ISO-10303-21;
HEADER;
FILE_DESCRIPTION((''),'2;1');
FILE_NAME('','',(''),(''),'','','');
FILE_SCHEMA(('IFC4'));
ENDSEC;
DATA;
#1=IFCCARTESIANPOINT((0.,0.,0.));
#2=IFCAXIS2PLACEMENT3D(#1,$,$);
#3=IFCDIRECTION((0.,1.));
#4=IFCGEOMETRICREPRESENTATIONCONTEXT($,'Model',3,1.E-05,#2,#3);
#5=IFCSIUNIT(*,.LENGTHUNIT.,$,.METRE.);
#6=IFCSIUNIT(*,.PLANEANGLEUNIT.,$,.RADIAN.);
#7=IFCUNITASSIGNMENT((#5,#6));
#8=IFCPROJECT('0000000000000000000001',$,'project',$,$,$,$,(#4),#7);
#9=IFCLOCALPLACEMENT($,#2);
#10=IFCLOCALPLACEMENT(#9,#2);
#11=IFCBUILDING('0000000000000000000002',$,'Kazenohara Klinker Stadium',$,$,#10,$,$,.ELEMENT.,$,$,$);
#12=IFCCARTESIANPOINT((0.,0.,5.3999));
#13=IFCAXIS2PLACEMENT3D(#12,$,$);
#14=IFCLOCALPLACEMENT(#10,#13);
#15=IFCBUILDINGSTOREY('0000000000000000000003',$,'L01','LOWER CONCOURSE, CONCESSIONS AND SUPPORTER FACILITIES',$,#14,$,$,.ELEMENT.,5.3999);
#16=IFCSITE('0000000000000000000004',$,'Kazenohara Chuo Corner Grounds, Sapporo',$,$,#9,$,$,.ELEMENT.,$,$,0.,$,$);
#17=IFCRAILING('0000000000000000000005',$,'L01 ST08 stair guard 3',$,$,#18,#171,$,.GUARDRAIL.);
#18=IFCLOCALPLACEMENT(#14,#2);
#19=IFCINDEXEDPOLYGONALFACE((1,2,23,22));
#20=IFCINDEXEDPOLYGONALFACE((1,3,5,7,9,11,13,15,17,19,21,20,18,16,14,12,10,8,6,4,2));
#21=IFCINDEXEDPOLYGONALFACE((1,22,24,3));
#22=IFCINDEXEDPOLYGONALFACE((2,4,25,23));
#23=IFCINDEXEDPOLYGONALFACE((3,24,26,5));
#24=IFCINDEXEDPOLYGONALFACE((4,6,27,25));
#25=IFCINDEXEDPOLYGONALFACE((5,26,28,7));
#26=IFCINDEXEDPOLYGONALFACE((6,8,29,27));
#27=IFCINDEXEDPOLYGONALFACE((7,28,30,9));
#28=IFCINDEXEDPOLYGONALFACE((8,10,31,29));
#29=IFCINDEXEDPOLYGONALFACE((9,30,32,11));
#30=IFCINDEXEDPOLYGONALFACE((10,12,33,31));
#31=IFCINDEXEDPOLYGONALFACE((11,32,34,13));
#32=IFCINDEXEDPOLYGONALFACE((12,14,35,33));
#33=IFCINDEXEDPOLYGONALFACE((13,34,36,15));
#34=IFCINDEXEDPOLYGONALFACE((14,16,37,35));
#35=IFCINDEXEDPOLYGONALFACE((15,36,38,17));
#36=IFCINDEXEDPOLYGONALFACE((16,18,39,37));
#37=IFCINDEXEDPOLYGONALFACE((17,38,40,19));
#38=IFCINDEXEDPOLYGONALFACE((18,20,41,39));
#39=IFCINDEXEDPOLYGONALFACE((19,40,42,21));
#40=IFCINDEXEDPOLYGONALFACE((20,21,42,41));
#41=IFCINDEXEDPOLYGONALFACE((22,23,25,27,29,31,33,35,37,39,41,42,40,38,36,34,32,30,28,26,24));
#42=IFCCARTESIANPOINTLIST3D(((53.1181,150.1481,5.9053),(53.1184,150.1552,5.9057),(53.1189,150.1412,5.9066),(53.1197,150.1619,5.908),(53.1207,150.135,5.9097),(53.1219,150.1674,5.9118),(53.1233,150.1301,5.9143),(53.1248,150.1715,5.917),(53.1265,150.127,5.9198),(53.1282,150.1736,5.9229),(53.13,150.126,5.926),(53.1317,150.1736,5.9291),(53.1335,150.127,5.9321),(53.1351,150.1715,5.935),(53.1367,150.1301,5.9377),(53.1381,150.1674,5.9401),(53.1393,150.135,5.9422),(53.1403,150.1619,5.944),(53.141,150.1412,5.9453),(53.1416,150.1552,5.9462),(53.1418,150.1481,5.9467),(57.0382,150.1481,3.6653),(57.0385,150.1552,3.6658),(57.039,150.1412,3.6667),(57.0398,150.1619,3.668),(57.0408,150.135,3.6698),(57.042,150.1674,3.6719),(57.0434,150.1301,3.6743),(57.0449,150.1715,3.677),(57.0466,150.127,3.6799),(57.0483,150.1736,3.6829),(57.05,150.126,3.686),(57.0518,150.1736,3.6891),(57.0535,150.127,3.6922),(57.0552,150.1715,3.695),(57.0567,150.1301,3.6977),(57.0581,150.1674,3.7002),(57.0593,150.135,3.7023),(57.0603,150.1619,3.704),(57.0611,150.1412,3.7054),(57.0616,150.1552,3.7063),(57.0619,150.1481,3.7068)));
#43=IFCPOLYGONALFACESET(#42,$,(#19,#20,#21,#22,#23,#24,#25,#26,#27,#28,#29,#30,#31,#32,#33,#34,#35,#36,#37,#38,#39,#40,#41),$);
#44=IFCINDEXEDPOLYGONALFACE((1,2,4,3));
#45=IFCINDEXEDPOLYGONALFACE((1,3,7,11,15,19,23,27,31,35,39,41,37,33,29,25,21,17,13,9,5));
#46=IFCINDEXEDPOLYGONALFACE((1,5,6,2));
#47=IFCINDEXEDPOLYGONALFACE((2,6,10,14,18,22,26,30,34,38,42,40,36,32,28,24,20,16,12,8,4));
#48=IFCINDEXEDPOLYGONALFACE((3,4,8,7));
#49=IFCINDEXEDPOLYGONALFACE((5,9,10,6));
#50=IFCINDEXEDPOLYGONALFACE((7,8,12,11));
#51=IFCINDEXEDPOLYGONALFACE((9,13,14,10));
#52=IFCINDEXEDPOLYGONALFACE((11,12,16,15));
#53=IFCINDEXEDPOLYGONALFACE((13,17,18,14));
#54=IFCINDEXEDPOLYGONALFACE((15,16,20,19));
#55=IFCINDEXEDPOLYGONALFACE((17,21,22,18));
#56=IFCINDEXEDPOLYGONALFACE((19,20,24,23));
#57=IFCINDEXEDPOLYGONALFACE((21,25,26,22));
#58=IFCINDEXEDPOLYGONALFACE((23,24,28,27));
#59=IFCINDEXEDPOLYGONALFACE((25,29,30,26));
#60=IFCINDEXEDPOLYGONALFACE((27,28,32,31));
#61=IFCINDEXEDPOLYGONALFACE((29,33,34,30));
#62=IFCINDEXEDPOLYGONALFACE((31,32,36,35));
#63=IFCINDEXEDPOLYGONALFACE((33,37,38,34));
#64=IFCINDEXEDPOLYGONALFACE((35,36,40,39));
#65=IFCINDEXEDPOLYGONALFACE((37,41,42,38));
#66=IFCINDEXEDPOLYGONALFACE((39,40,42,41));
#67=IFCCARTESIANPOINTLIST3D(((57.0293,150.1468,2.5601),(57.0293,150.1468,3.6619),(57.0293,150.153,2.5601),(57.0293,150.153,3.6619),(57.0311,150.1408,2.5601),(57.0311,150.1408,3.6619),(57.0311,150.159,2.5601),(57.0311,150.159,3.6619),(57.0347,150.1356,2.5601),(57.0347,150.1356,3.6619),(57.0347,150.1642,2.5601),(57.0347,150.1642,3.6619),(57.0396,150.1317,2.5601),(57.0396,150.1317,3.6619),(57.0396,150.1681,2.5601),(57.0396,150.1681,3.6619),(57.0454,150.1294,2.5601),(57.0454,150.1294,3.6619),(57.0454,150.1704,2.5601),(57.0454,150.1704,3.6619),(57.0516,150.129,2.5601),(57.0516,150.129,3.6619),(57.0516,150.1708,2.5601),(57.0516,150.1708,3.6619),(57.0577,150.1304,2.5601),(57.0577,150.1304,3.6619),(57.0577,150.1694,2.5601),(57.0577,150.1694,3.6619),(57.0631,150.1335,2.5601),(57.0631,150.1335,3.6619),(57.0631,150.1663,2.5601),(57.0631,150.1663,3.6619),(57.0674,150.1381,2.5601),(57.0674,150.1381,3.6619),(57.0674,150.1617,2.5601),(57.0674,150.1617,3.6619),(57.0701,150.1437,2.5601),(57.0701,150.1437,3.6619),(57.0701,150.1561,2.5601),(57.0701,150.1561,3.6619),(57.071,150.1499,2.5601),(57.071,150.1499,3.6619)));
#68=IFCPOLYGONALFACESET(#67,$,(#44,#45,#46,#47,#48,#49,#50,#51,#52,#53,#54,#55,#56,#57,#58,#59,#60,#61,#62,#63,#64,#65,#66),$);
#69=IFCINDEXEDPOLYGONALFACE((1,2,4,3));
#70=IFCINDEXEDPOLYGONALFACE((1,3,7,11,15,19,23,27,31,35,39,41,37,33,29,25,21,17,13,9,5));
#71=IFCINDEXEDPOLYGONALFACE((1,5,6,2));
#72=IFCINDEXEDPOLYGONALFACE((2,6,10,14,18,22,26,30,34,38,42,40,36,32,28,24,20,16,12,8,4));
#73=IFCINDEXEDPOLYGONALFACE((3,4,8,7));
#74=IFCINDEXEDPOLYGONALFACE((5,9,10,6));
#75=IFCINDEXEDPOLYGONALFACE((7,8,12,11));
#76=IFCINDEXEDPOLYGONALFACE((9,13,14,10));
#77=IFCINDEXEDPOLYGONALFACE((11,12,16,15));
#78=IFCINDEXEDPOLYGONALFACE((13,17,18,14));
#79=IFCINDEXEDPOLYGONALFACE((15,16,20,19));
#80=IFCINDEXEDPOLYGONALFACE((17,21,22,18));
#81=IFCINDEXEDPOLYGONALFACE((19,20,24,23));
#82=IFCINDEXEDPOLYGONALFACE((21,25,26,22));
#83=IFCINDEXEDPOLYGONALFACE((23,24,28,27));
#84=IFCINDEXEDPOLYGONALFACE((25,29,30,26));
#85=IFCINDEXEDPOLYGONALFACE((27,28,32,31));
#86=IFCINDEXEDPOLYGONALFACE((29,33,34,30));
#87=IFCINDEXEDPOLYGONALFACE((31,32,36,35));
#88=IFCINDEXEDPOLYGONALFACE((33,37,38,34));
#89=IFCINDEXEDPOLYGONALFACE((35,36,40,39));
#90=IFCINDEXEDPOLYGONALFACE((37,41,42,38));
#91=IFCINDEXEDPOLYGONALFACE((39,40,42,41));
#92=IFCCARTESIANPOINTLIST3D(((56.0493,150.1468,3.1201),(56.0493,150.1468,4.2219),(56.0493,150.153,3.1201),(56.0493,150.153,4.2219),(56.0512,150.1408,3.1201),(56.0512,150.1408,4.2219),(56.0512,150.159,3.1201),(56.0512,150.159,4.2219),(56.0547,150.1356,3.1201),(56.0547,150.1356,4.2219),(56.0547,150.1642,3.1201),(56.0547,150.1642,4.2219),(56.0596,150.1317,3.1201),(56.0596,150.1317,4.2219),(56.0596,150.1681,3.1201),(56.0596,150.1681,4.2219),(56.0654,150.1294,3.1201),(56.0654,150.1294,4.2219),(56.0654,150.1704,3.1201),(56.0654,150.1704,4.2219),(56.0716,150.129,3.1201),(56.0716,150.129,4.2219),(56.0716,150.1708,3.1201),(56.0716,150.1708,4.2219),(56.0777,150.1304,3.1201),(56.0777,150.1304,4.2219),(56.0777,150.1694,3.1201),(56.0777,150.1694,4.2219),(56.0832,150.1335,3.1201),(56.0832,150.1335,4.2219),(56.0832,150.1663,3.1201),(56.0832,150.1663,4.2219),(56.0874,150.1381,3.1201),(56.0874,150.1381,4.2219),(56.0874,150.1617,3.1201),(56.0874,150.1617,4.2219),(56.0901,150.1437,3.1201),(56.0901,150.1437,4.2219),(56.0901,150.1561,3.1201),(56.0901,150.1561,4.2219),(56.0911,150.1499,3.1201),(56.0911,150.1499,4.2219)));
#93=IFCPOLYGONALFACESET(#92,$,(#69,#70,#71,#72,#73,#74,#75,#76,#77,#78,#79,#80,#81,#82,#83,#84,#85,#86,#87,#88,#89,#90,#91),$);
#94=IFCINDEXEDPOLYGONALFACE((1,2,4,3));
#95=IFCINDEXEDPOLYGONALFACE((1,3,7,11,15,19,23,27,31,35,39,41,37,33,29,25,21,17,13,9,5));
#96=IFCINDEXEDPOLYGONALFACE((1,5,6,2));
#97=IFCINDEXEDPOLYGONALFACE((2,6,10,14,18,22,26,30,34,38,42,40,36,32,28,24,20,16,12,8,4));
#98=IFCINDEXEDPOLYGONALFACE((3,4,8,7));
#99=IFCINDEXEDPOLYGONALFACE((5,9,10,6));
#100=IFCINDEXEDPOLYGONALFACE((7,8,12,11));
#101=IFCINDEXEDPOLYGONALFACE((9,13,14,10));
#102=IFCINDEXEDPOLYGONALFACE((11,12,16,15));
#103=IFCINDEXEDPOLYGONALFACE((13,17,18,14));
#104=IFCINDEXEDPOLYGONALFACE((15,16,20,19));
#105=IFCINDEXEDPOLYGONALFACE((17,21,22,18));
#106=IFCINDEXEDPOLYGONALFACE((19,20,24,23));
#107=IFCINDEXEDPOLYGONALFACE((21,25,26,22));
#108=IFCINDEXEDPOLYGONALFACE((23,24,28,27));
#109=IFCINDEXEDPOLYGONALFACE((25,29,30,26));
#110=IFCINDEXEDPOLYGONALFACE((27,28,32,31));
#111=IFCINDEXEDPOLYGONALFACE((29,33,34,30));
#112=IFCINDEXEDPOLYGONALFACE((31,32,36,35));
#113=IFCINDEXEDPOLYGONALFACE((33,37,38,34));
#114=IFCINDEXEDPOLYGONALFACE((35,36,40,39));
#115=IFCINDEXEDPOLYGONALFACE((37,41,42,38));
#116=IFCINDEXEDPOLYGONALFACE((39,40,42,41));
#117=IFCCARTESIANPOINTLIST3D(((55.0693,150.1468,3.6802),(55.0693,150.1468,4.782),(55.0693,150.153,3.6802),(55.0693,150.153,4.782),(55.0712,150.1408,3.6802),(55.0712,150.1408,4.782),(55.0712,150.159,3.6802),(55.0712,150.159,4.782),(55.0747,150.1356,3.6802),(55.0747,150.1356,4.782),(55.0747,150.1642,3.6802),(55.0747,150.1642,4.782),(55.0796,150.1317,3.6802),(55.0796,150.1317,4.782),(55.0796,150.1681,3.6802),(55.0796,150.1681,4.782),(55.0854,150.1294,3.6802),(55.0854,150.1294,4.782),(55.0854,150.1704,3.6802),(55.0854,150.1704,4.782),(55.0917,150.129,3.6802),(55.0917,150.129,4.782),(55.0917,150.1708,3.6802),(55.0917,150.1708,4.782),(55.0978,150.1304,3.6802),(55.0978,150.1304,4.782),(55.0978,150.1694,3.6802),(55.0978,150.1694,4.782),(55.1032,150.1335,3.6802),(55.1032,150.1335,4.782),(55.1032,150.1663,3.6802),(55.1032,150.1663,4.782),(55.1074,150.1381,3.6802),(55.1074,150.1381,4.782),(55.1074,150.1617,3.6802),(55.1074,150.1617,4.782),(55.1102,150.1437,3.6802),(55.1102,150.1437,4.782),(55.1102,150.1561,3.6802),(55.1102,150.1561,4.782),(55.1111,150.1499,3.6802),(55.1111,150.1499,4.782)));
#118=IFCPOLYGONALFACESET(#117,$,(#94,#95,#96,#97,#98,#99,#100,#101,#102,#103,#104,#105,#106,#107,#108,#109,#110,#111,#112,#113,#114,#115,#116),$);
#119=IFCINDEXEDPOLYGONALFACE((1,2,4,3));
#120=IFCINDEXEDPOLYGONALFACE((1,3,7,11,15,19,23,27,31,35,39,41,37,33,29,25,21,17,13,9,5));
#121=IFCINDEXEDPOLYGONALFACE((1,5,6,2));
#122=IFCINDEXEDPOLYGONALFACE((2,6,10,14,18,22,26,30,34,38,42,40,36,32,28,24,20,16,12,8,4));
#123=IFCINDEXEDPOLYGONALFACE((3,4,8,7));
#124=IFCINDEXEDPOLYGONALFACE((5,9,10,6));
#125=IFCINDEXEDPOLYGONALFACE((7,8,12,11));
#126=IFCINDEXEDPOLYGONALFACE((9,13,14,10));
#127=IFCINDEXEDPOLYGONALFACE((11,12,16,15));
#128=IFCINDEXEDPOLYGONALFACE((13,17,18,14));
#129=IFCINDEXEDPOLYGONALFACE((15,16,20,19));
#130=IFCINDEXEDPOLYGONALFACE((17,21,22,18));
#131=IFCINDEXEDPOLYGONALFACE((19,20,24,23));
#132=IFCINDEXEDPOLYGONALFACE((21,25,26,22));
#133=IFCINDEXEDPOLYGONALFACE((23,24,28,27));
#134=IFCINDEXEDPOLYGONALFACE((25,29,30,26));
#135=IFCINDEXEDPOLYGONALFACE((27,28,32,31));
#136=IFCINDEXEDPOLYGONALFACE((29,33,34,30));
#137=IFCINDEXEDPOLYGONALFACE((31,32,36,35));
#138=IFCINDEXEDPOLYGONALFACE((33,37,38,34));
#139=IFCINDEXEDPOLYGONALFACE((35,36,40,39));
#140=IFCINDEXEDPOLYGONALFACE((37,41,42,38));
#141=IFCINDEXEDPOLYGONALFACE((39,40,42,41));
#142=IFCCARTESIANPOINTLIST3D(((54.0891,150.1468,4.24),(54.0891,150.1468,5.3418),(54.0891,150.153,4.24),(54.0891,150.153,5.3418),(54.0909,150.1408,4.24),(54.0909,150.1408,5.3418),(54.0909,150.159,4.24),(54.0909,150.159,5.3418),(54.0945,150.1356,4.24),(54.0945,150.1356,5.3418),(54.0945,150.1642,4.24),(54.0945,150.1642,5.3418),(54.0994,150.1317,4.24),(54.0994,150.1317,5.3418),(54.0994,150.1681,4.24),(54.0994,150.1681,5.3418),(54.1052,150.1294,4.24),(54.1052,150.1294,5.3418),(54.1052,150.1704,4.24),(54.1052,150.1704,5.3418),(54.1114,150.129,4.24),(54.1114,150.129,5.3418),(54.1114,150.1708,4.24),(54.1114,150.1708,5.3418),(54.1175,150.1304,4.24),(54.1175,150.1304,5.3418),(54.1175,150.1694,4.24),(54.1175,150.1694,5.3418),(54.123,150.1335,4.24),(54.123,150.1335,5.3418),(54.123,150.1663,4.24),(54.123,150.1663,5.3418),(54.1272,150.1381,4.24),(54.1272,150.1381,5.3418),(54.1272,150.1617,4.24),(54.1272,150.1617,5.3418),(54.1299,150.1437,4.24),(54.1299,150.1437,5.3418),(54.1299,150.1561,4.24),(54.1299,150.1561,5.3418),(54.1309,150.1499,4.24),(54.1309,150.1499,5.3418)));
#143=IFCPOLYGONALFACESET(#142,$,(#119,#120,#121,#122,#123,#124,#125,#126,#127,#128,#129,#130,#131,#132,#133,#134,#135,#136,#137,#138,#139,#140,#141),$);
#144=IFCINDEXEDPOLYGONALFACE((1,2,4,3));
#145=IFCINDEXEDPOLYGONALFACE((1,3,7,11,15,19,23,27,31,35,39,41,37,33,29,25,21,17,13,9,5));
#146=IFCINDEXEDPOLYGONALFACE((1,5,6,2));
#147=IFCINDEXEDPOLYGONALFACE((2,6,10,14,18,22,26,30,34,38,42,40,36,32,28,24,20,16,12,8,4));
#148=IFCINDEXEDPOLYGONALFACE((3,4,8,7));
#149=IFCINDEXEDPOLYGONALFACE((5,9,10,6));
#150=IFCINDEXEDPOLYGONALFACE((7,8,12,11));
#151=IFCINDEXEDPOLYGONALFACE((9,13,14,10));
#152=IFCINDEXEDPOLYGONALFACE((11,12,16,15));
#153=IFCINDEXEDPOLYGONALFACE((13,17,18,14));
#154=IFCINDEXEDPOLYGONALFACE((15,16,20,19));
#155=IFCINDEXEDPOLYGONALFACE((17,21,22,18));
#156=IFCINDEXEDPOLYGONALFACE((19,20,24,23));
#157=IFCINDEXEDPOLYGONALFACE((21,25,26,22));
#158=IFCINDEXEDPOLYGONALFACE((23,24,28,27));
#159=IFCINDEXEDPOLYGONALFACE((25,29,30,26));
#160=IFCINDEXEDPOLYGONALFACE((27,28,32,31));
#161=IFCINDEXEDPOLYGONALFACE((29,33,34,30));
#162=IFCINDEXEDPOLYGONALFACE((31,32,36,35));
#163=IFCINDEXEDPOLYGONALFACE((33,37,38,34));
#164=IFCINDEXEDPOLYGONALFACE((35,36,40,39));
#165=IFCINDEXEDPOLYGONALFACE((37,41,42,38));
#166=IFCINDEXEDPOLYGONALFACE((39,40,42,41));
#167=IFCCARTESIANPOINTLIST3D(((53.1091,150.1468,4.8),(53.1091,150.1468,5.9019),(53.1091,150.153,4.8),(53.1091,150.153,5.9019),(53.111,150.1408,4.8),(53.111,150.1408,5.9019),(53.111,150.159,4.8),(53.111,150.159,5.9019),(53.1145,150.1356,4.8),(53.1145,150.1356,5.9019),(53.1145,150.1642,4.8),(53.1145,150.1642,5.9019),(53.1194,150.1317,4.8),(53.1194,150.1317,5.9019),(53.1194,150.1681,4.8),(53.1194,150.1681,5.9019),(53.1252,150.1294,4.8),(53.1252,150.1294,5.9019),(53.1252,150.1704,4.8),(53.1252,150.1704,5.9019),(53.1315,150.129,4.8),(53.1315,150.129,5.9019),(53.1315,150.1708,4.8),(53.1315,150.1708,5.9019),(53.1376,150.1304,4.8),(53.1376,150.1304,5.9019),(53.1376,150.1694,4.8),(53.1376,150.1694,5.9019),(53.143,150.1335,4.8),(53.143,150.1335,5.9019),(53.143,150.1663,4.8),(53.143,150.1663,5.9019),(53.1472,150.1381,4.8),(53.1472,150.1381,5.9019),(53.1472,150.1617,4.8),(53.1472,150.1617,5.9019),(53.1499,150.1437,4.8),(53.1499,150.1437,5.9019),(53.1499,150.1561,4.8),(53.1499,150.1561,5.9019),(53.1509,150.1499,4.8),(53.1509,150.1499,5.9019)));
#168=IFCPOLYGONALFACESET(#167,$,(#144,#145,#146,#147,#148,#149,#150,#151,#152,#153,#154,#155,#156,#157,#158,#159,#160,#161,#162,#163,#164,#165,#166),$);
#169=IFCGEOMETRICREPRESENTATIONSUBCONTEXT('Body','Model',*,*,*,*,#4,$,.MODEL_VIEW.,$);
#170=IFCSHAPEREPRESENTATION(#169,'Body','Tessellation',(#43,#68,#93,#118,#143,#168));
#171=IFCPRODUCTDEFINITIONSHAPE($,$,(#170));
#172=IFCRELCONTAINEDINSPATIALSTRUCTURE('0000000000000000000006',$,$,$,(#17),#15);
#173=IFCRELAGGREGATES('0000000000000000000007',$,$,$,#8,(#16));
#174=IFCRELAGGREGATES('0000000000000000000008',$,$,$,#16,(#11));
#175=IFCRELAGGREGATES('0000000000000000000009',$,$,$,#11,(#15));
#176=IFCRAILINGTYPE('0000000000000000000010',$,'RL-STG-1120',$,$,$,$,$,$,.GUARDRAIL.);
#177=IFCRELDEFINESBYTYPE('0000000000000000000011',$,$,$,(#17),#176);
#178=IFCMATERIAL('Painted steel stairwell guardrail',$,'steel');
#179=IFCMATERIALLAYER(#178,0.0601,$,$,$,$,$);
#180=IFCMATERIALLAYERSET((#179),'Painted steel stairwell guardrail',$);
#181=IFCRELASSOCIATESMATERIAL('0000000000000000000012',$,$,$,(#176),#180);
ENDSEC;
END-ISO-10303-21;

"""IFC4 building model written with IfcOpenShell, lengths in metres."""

from ifc_helpers import new_model, si_unit, direction, frame, origin, origin_2d, place, context, subcontext, project, spatial, circle, extrude, material, layer, layer_set, type_object, element, save


model = new_model("IFC4")

# Units and contexts
model_context = context("Model", 3, precision=1e-05, world=origin(), true_north=direction((0.0, 1.0)))
body_context = subcontext(model_context, "Body", "Model", "MODEL_VIEW")
ifc_project = project(units=[si_unit("LENGTHUNIT", "METRE"), si_unit("PLANEANGLEUNIT", "RADIAN")], contexts=[model_context])

# Site, building, storey
site_placement = place(None, origin())
site = spatial("IfcSite", under=ifc_project, at=site_placement, Name="Kazenohara Chuo Corner Grounds, Sapporo", CompositionType="ELEMENT", RefElevation=0.0)
building_placement = place(site_placement, origin())
building = spatial("IfcBuilding", under=site, at=building_placement, Name="Kazenohara Klinker Stadium", CompositionType="ELEMENT")
storey_placement = place(building_placement, frame((0.0, 0.0, 5.3999)))
storey = spatial("IfcBuildingStorey", under=building, at=storey_placement, Name="L01", Description="LOWER CONCOURSE, CONCESSIONS AND SUPPORTER FACILITIES", CompositionType="ELEMENT", Elevation=5.3999)

# Railing
ifc_material_1 = material(Name="Painted steel stairwell guardrail", Category="steel")
ifc_layer_1 = layer(ifc_material_1, 0.0601)
ifc_layer_set_1 = layer_set([ifc_layer_1], Name="Painted steel stairwell guardrail")
railing_type_1 = type_object("IfcRailingType", Name="RL-STG-1120", PredefinedType="GUARDRAIL", material=ifc_layer_set_1)
railing_1_placement = place(storey_placement, frame((57.05, 150.1499, 2.5601)))
element("IfcRailing", 1, at=railing_1_placement, inside=storey, type_object=railing_type_1, Name="L01 ST08 stair guard 3", PredefinedType="GUARDRAIL", context=body_context, shape_type="SweptSolid", body=[
    extrude(circle(Radius=0.0239, at=origin_2d()), frame((0.0, 0.0, 1.126), z_axis=(-0.868253, 0.0, 0.496121), x_axis=(0.0, -1.0, 0.0)), (0.0, 0.0, 1.0), 4.5149),
    extrude(circle(Radius=0.021, at=origin_2d()), origin(), (0.0, 0.0, 1.0), 1.1018),
    extrude(circle(Radius=0.021, at=origin_2d()), frame((-0.98, 0.0, 0.5601)), (0.0, 0.0, 1.0), 1.1018),
    extrude(circle(Radius=0.021, at=origin_2d()), frame((-1.96, 0.0, 1.1201)), (0.0, 0.0, 1.0), 1.1018),
    extrude(circle(Radius=0.021, at=origin_2d()), frame((-2.9402, 0.0, 1.6799)), (0.0, 0.0, 1.0), 1.1018),
    extrude(circle(Radius=0.021, at=origin_2d()), frame((-3.9202, 0.0, 2.24)), (0.0, 0.0, 1.0), 1.1018),
])

save(model, "model.ifc")
